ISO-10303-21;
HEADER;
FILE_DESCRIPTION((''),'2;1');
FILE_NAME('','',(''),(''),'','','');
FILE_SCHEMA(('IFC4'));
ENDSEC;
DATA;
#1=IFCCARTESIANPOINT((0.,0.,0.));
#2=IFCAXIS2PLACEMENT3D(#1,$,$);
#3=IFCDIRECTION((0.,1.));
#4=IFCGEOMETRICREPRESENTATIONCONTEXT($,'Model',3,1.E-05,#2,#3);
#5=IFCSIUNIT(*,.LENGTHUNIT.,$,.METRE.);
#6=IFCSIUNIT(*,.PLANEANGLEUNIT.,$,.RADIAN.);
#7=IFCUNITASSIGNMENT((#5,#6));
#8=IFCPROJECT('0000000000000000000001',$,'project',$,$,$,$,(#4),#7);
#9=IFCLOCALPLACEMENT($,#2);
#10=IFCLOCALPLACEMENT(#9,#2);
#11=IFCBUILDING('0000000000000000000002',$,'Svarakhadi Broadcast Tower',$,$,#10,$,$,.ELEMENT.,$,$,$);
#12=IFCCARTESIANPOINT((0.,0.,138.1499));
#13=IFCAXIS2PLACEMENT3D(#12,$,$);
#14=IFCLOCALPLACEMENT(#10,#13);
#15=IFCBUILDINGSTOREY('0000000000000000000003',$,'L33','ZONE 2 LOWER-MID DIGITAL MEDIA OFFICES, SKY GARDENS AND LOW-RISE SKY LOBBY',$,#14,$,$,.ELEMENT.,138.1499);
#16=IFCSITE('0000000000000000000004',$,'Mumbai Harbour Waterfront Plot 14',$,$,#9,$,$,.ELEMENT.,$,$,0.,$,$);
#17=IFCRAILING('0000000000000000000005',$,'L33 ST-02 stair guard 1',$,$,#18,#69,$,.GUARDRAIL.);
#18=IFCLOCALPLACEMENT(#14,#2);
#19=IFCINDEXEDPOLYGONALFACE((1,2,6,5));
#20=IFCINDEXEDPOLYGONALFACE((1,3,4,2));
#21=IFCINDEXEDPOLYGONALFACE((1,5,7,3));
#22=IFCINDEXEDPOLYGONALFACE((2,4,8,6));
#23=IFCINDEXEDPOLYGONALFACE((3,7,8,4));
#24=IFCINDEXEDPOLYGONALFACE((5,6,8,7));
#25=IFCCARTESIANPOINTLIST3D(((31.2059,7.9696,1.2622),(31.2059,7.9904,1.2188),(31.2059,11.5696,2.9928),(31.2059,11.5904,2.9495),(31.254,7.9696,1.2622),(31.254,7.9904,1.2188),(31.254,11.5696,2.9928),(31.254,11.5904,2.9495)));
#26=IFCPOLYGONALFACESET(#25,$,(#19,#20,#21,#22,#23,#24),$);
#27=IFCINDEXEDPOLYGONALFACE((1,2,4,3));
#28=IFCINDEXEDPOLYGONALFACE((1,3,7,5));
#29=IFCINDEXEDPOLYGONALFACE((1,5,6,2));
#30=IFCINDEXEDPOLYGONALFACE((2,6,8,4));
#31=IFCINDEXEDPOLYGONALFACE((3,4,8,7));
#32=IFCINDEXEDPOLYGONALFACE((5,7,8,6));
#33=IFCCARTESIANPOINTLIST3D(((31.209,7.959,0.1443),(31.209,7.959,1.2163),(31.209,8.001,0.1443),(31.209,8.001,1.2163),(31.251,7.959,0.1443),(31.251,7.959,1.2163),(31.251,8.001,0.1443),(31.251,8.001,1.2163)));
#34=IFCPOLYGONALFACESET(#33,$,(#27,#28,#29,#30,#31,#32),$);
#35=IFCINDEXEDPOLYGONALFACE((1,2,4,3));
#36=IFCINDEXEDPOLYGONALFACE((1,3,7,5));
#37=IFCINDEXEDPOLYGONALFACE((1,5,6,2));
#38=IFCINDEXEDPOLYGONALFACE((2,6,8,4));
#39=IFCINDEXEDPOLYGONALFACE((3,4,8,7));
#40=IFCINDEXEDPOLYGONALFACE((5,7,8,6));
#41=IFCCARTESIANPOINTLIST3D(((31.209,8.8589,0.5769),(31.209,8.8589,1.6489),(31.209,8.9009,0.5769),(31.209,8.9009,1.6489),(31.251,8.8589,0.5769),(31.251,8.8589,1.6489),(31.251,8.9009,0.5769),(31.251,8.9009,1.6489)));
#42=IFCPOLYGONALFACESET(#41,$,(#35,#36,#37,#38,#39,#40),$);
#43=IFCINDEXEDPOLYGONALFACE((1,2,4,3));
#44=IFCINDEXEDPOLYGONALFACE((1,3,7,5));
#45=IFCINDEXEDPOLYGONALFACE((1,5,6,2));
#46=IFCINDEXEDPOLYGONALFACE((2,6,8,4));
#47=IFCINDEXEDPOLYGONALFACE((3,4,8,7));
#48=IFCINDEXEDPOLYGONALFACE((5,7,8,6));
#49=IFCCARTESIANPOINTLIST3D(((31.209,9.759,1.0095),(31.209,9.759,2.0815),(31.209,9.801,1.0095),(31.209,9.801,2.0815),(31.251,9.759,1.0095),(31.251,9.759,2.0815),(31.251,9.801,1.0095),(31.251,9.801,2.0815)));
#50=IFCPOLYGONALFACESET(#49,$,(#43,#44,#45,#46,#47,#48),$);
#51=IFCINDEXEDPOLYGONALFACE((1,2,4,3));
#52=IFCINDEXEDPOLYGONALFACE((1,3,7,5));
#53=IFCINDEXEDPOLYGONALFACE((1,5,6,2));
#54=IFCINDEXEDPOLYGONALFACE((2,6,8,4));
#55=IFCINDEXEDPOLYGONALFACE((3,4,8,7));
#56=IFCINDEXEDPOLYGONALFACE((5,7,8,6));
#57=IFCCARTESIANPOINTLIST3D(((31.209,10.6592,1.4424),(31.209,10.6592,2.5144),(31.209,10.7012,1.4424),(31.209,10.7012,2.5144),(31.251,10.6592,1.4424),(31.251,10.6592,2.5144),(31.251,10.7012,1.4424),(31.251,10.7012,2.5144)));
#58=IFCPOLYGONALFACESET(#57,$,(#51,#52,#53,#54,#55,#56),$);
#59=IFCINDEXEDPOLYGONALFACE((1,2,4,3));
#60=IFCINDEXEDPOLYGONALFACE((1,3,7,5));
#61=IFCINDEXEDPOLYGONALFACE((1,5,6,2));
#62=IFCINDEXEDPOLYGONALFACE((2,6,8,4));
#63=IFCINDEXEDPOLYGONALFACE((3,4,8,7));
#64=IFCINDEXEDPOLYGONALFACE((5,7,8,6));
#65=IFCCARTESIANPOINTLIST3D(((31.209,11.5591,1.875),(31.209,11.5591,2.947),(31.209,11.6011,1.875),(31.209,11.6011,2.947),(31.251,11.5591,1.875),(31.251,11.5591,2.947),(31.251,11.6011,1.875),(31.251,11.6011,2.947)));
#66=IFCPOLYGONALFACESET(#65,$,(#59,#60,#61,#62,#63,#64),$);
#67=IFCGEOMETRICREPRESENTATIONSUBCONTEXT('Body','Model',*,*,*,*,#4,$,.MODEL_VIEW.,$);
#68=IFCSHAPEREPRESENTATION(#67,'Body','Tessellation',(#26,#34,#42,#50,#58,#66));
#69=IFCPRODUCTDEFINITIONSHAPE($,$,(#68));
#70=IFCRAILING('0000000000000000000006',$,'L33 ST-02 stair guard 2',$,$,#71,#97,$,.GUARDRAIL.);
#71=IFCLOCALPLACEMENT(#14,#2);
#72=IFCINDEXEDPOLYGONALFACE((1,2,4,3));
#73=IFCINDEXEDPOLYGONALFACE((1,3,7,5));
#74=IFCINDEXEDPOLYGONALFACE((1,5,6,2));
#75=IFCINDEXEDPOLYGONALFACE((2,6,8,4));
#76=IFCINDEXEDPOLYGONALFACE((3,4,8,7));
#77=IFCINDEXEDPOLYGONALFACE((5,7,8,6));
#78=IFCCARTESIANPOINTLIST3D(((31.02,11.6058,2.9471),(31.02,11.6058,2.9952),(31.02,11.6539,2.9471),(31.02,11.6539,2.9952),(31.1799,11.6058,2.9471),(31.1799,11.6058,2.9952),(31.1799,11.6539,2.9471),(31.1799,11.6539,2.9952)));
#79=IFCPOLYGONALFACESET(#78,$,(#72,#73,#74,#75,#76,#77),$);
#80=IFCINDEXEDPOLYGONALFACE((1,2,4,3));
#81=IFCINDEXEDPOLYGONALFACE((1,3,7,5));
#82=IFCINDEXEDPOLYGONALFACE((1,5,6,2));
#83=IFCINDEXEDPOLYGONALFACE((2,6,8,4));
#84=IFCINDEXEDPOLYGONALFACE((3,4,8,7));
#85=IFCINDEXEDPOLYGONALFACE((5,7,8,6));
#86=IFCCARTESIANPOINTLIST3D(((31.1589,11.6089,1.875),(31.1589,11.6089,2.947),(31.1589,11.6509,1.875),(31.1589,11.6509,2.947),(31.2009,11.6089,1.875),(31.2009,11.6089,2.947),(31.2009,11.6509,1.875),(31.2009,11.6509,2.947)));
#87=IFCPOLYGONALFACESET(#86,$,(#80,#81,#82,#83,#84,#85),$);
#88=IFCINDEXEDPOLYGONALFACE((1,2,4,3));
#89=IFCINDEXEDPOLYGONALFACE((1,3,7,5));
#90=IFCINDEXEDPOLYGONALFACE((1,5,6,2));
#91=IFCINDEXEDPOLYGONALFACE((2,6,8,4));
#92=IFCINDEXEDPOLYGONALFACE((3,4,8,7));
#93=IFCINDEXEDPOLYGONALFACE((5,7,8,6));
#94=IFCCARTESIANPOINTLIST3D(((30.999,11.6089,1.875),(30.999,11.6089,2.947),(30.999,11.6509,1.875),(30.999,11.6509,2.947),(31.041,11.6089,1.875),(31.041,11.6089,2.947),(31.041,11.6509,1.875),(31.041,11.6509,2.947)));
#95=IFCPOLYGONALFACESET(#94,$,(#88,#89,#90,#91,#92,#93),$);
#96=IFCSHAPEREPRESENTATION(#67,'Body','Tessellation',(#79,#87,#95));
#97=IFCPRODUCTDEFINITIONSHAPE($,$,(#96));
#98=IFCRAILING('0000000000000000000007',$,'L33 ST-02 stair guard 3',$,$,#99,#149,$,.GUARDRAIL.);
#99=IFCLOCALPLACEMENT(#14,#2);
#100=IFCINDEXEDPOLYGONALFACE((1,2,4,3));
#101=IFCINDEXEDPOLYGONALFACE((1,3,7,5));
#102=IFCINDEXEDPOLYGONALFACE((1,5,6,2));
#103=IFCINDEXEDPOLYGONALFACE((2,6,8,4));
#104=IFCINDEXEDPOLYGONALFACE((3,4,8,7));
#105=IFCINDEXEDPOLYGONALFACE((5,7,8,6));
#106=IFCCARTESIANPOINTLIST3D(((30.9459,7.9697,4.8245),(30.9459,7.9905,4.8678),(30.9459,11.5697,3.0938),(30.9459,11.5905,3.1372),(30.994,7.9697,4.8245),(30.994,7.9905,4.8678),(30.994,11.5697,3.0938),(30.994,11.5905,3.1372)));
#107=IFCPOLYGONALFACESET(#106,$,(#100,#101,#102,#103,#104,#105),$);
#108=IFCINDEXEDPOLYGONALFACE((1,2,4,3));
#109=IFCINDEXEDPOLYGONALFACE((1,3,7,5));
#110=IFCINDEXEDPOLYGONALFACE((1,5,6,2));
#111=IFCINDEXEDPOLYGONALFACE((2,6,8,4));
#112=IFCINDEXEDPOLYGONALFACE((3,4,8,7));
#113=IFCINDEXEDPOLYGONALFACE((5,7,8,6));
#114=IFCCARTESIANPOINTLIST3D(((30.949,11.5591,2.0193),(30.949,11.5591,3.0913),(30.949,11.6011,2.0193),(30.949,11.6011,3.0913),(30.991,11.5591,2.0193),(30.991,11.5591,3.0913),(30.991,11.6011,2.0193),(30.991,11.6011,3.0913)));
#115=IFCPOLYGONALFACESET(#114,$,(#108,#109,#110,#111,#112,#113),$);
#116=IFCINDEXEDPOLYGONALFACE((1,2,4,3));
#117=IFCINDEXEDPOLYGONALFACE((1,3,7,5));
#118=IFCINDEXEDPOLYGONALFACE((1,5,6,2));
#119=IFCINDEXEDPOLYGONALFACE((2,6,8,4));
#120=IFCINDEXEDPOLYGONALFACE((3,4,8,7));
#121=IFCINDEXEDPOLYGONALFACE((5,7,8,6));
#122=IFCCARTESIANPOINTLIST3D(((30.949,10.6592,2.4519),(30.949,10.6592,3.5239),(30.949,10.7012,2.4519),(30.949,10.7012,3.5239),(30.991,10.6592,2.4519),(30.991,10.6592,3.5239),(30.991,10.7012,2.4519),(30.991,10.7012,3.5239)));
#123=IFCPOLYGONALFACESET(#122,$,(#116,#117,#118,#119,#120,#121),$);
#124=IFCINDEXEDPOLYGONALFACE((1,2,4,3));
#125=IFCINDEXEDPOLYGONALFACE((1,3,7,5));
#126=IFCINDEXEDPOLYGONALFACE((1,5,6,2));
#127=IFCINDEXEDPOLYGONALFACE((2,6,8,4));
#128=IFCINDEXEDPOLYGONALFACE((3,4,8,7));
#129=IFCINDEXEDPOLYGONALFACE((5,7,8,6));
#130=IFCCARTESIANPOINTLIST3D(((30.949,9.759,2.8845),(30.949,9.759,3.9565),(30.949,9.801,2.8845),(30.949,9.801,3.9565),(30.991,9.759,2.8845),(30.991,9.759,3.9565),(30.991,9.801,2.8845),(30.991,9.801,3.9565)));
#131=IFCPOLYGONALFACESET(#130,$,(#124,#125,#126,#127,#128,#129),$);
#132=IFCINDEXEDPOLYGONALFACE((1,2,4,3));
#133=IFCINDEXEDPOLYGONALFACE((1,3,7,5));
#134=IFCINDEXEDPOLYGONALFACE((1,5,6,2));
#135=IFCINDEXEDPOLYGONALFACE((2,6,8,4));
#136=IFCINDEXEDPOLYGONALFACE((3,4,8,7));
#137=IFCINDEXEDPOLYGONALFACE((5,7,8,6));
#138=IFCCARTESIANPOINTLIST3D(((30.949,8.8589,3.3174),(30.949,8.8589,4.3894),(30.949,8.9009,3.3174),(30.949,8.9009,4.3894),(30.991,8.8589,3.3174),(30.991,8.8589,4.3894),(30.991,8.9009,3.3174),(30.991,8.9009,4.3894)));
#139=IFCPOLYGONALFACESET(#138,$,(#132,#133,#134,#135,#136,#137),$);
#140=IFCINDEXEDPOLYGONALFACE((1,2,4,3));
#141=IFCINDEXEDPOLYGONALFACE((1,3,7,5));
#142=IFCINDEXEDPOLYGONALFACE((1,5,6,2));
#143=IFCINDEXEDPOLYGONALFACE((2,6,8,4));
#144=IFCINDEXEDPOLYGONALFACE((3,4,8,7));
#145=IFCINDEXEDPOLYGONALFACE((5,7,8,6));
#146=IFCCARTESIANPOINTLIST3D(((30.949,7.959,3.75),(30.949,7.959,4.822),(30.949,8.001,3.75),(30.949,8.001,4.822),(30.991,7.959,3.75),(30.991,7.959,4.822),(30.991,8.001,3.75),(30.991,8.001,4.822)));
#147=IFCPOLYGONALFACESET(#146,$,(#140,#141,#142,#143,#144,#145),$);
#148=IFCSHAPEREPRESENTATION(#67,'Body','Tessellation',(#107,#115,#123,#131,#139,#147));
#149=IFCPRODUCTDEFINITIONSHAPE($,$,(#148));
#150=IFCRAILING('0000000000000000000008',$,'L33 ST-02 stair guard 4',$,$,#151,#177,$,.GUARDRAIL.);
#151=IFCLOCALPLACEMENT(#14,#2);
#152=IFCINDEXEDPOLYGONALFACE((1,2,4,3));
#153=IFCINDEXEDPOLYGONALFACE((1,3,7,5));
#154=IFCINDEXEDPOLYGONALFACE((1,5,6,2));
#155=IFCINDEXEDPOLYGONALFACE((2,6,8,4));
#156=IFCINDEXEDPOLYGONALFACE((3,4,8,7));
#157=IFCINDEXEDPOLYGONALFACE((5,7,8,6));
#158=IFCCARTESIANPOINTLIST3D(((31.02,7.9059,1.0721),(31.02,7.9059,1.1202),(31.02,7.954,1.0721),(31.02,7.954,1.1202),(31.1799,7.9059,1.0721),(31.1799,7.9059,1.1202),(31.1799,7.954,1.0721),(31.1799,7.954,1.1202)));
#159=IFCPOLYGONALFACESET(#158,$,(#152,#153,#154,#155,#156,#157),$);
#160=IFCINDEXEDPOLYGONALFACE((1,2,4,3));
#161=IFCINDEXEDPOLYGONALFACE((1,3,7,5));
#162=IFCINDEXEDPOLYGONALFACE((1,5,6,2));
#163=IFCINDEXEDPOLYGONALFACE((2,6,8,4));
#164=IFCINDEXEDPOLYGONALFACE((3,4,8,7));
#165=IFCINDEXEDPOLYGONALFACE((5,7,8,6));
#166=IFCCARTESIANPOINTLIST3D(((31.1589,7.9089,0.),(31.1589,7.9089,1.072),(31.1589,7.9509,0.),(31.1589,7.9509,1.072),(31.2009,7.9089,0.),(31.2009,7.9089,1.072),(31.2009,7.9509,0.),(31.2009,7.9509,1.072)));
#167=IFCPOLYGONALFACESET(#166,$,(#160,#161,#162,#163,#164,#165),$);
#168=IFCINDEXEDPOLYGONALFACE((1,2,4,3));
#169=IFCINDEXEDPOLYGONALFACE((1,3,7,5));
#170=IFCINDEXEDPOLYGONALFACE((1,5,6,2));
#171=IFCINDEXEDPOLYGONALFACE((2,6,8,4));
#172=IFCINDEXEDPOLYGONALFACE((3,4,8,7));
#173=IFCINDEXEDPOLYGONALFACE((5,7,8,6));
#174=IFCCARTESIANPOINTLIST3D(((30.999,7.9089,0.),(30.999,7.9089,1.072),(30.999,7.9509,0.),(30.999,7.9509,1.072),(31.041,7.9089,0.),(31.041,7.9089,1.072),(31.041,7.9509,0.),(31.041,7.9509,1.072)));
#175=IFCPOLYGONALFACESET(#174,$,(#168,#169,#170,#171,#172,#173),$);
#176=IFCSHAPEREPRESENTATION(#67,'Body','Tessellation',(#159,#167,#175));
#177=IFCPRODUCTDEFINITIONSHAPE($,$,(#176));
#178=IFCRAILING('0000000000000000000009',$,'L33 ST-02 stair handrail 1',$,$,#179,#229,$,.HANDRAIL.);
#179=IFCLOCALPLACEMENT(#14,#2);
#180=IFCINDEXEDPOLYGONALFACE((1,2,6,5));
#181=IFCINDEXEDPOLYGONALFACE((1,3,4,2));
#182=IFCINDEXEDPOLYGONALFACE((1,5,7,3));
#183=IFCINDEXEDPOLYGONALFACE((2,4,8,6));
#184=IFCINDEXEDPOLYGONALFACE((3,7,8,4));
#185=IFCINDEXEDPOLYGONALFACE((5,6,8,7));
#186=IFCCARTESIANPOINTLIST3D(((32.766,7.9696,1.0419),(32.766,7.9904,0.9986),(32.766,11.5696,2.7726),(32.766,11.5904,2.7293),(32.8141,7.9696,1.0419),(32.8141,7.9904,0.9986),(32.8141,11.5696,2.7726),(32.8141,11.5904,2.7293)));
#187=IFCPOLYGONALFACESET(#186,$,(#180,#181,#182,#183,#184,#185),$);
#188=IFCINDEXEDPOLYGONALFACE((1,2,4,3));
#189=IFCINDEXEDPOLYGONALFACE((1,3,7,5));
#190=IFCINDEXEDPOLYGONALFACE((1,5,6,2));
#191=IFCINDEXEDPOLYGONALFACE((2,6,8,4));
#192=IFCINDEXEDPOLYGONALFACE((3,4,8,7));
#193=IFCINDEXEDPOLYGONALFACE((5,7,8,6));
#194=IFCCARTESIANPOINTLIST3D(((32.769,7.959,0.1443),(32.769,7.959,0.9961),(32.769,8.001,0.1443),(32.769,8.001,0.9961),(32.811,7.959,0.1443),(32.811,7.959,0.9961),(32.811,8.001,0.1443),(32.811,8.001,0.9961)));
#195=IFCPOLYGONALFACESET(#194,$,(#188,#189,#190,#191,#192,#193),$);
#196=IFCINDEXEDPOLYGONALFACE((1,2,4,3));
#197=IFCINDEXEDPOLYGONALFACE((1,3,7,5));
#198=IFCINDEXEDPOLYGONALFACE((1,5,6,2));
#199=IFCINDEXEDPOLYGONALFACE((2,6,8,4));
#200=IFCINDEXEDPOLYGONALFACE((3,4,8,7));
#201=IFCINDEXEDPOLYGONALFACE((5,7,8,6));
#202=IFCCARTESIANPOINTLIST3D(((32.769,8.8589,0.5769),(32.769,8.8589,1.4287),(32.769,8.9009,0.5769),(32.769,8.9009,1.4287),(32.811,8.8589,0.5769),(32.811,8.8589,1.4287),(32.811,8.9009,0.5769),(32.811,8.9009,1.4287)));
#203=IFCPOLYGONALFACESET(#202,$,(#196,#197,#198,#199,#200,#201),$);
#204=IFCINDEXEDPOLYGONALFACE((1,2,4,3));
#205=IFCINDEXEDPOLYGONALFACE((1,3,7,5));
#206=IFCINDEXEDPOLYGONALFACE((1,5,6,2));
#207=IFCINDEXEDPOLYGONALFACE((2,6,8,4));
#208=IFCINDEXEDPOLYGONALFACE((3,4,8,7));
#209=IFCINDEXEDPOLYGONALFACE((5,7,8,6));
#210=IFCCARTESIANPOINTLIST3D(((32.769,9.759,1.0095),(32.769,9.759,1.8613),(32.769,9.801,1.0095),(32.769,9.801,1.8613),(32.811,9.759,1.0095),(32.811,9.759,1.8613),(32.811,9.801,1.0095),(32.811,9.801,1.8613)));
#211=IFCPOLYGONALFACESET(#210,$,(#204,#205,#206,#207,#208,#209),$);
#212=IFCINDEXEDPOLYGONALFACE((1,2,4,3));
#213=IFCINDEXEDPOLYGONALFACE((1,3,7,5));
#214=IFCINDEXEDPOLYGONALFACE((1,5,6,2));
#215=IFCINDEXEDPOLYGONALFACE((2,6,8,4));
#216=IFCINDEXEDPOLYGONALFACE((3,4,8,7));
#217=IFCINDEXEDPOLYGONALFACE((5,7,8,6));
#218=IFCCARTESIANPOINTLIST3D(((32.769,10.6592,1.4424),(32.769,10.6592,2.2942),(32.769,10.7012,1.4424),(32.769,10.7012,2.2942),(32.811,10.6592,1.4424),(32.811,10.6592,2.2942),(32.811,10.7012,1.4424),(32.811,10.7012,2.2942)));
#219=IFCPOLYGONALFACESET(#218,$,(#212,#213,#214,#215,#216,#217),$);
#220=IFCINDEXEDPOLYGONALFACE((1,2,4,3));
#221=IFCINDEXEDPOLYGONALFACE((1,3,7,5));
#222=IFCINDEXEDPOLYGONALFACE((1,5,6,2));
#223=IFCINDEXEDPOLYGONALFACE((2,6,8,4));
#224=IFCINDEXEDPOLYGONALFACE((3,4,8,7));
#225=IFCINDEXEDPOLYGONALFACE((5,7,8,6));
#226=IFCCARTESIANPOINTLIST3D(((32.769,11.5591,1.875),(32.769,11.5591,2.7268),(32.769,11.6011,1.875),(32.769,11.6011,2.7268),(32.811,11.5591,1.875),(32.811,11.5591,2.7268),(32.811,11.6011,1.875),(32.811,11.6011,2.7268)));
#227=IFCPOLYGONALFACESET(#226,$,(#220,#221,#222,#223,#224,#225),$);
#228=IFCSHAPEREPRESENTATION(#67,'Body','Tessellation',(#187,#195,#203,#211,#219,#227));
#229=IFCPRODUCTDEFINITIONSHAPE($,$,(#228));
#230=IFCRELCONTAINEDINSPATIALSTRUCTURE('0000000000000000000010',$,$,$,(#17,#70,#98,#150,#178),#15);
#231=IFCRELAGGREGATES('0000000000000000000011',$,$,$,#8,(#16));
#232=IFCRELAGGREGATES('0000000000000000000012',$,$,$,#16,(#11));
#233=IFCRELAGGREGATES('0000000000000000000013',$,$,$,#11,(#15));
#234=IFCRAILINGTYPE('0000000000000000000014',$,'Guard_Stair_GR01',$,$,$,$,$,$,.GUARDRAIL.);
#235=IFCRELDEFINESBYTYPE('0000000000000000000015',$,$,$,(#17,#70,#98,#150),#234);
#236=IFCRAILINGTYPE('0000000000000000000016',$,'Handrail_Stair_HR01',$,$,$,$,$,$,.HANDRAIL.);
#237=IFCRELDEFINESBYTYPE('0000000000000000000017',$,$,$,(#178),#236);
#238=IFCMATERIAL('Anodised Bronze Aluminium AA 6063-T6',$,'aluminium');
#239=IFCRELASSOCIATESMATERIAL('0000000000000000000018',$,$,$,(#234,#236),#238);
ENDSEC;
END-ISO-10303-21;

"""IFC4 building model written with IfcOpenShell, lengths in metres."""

from ifc_helpers import new_model, si_unit, direction, frame, origin, origin_2d, place, context, subcontext, project, spatial, rectangle, extrude, material, type_object, element, save


model = new_model("IFC4")

# Units and contexts
model_context = context("Model", 3, precision=1e-05, world=origin(), true_north=direction((0.0, 1.0)))
body_context = subcontext(model_context, "Body", "Model", "MODEL_VIEW")
ifc_project = project(units=[si_unit("LENGTHUNIT", "METRE"), si_unit("PLANEANGLEUNIT", "RADIAN")], contexts=[model_context])

# Site, building, storey
site_placement = place(None, origin())
site = spatial("IfcSite", under=ifc_project, at=site_placement, Name="Mumbai Harbour Waterfront Plot 14", CompositionType="ELEMENT", RefElevation=0.0)
building_placement = place(site_placement, origin())
building = spatial("IfcBuilding", under=site, at=building_placement, Name="Svarakhadi Broadcast Tower", CompositionType="ELEMENT")
storey_placement = place(building_placement, frame((0.0, 0.0, 138.1499)))
storey = spatial("IfcBuildingStorey", under=building, at=storey_placement, Name="L33", Description="ZONE 2 LOWER-MID DIGITAL MEDIA OFFICES, SKY GARDENS AND LOW-RISE SKY LOBBY", CompositionType="ELEMENT", Elevation=138.1499)

# Shared definitions
ifc_material_1 = material(Name="Anodised Bronze Aluminium AA 6063-T6", Category="aluminium")

# Railings
railing_type_1 = type_object("IfcRailingType", Name="Guard_Stair_GR01", PredefinedType="GUARDRAIL", material=ifc_material_1)
railing_1_placement = place(storey_placement, frame((31.23, 7.98, 0.1443)))
element("IfcRailing", 1, at=railing_1_placement, inside=storey, type_object=railing_type_1, Name="L33 ST-02 stair guard 1", PredefinedType="GUARDRAIL", context=body_context, shape_type="SweptSolid", body=[
    extrude(rectangle(XDim=0.0481, YDim=0.0481, at=origin_2d()), frame((0.0, 0.0, 1.0962), z_axis=(0.0, 0.901263, 0.433273), x_axis=(-1.0, 0.0, 0.0)), (0.0, 0.0, 1.0), 3.9944),
    extrude(rectangle(XDim=0.042, YDim=0.042, at=origin_2d()), origin(), (0.0, 0.0, 1.0), 1.072),
    extrude(rectangle(XDim=0.042, YDim=0.042, at=origin_2d()), frame((0.0, 0.8999, 0.4326)), (0.0, 0.0, 1.0), 1.072),
    extrude(rectangle(XDim=0.042, YDim=0.042, at=origin_2d()), frame((0.0, 1.8, 0.8652)), (0.0, 0.0, 1.0), 1.072),
    extrude(rectangle(XDim=0.042, YDim=0.042, at=origin_2d()), frame((0.0, 2.7002, 1.2981)), (0.0, 0.0, 1.0), 1.072),
    extrude(rectangle(XDim=0.042, YDim=0.042, at=origin_2d()), frame((0.0, 3.6001, 1.7307)), (0.0, 0.0, 1.0), 1.072),
])
railing_2_placement = place(storey_placement, frame((31.1799, 11.6299, 1.875)))
element("IfcRailing", 2, at=railing_2_placement, inside=storey, type_object=railing_type_1, Name="L33 ST-02 stair guard 2", PredefinedType="GUARDRAIL", context=body_context, shape_type="SweptSolid", body=[
    extrude(rectangle(XDim=0.0481, YDim=0.0481, at=origin_2d()), frame((0.0, 0.0, 1.0962), z_axis=(-1.0, 0.0, 0.0), x_axis=(0.0, -1.0, 0.0)), (0.0, 0.0, 1.0), 0.1599),
    extrude(rectangle(XDim=0.042, YDim=0.042, at=origin_2d()), origin(), (0.0, 0.0, 1.0), 1.072),
    extrude(rectangle(XDim=0.042, YDim=0.042, at=origin_2d()), frame((-0.1599, 0.0, 0.0)), (0.0, 0.0, 1.0), 1.072),
])
railing_3_placement = place(storey_placement, frame((30.97, 11.5801, 2.0193)))
element("IfcRailing", 3, at=railing_3_placement, inside=storey, type_object=railing_type_1, Name="L33 ST-02 stair guard 3", PredefinedType="GUARDRAIL", context=body_context, shape_type="SweptSolid", body=[
    extrude(rectangle(XDim=0.0481, YDim=0.0481, at=origin_2d()), frame((0.0, 0.0, 1.0962), z_axis=(0.0, -0.901263, 0.433273), x_axis=(1.0, 0.0, 0.0)), (0.0, 0.0, 1.0), 3.9944),
    extrude(rectangle(XDim=0.042, YDim=0.042, at=origin_2d()), origin(), (0.0, 0.0, 1.0), 1.072),
    extrude(rectangle(XDim=0.042, YDim=0.042, at=origin_2d()), frame((0.0, -0.8999, 0.4326)), (0.0, 0.0, 1.0), 1.072),
    extrude(rectangle(XDim=0.042, YDim=0.042, at=origin_2d()), frame((0.0, -1.8, 0.8652)), (0.0, 0.0, 1.0), 1.072),
    extrude(rectangle(XDim=0.042, YDim=0.042, at=origin_2d()), frame((0.0, -2.7002, 1.2981)), (0.0, 0.0, 1.0), 1.072),
    extrude(rectangle(XDim=0.042, YDim=0.042, at=origin_2d()), frame((0.0, -3.6001, 1.7307)), (0.0, 0.0, 1.0), 1.072),
])
railing_4_placement = place(storey_placement, frame((31.1799, 7.9299, 0.0)))
element("IfcRailing", 4, at=railing_4_placement, inside=storey, type_object=railing_type_1, Name="L33 ST-02 stair guard 4", PredefinedType="GUARDRAIL", context=body_context, shape_type="SweptSolid", body=[
    extrude(rectangle(XDim=0.0481, YDim=0.0481, at=origin_2d()), frame((0.0, 0.0, 1.0962), z_axis=(-1.0, 0.0, 0.0), x_axis=(0.0, -1.0, 0.0)), (0.0, 0.0, 1.0), 0.1599),
    extrude(rectangle(XDim=0.042, YDim=0.042, at=origin_2d()), origin(), (0.0, 0.0, 1.0), 1.072),
    extrude(rectangle(XDim=0.042, YDim=0.042, at=origin_2d()), frame((-0.1599, 0.0, 0.0)), (0.0, 0.0, 1.0), 1.072),
])
railing_type_2 = type_object("IfcRailingType", Name="Handrail_Stair_HR01", PredefinedType="HANDRAIL", material=ifc_material_1)
railing_5_placement = place(storey_placement, frame((32.79, 7.98, 0.1443)))
element("IfcRailing", 5, at=railing_5_placement, inside=storey, type_object=railing_type_2, Name="L33 ST-02 stair handrail 1", PredefinedType="HANDRAIL", context=body_context, shape_type="SweptSolid", body=[
    extrude(rectangle(XDim=0.0481, YDim=0.0481, at=origin_2d()), frame((0.0, 0.0, 0.876), z_axis=(0.0, 0.901263, 0.433273), x_axis=(-1.0, 0.0, 0.0)), (0.0, 0.0, 1.0), 3.9944),
    extrude(rectangle(XDim=0.042, YDim=0.042, at=origin_2d()), origin(), (0.0, 0.0, 1.0), 0.8518),
    extrude(rectangle(XDim=0.042, YDim=0.042, at=origin_2d()), frame((0.0, 0.8999, 0.4326)), (0.0, 0.0, 1.0), 0.8518),
    extrude(rectangle(XDim=0.042, YDim=0.042, at=origin_2d()), frame((0.0, 1.8, 0.8652)), (0.0, 0.0, 1.0), 0.8518),
    extrude(rectangle(XDim=0.042, YDim=0.042, at=origin_2d()), frame((0.0, 2.7002, 1.2981)), (0.0, 0.0, 1.0), 0.8518),
    extrude(rectangle(XDim=0.042, YDim=0.042, at=origin_2d()), frame((0.0, 3.6001, 1.7307)), (0.0, 0.0, 1.0), 0.8518),
])

save(model, "model.ifc")
